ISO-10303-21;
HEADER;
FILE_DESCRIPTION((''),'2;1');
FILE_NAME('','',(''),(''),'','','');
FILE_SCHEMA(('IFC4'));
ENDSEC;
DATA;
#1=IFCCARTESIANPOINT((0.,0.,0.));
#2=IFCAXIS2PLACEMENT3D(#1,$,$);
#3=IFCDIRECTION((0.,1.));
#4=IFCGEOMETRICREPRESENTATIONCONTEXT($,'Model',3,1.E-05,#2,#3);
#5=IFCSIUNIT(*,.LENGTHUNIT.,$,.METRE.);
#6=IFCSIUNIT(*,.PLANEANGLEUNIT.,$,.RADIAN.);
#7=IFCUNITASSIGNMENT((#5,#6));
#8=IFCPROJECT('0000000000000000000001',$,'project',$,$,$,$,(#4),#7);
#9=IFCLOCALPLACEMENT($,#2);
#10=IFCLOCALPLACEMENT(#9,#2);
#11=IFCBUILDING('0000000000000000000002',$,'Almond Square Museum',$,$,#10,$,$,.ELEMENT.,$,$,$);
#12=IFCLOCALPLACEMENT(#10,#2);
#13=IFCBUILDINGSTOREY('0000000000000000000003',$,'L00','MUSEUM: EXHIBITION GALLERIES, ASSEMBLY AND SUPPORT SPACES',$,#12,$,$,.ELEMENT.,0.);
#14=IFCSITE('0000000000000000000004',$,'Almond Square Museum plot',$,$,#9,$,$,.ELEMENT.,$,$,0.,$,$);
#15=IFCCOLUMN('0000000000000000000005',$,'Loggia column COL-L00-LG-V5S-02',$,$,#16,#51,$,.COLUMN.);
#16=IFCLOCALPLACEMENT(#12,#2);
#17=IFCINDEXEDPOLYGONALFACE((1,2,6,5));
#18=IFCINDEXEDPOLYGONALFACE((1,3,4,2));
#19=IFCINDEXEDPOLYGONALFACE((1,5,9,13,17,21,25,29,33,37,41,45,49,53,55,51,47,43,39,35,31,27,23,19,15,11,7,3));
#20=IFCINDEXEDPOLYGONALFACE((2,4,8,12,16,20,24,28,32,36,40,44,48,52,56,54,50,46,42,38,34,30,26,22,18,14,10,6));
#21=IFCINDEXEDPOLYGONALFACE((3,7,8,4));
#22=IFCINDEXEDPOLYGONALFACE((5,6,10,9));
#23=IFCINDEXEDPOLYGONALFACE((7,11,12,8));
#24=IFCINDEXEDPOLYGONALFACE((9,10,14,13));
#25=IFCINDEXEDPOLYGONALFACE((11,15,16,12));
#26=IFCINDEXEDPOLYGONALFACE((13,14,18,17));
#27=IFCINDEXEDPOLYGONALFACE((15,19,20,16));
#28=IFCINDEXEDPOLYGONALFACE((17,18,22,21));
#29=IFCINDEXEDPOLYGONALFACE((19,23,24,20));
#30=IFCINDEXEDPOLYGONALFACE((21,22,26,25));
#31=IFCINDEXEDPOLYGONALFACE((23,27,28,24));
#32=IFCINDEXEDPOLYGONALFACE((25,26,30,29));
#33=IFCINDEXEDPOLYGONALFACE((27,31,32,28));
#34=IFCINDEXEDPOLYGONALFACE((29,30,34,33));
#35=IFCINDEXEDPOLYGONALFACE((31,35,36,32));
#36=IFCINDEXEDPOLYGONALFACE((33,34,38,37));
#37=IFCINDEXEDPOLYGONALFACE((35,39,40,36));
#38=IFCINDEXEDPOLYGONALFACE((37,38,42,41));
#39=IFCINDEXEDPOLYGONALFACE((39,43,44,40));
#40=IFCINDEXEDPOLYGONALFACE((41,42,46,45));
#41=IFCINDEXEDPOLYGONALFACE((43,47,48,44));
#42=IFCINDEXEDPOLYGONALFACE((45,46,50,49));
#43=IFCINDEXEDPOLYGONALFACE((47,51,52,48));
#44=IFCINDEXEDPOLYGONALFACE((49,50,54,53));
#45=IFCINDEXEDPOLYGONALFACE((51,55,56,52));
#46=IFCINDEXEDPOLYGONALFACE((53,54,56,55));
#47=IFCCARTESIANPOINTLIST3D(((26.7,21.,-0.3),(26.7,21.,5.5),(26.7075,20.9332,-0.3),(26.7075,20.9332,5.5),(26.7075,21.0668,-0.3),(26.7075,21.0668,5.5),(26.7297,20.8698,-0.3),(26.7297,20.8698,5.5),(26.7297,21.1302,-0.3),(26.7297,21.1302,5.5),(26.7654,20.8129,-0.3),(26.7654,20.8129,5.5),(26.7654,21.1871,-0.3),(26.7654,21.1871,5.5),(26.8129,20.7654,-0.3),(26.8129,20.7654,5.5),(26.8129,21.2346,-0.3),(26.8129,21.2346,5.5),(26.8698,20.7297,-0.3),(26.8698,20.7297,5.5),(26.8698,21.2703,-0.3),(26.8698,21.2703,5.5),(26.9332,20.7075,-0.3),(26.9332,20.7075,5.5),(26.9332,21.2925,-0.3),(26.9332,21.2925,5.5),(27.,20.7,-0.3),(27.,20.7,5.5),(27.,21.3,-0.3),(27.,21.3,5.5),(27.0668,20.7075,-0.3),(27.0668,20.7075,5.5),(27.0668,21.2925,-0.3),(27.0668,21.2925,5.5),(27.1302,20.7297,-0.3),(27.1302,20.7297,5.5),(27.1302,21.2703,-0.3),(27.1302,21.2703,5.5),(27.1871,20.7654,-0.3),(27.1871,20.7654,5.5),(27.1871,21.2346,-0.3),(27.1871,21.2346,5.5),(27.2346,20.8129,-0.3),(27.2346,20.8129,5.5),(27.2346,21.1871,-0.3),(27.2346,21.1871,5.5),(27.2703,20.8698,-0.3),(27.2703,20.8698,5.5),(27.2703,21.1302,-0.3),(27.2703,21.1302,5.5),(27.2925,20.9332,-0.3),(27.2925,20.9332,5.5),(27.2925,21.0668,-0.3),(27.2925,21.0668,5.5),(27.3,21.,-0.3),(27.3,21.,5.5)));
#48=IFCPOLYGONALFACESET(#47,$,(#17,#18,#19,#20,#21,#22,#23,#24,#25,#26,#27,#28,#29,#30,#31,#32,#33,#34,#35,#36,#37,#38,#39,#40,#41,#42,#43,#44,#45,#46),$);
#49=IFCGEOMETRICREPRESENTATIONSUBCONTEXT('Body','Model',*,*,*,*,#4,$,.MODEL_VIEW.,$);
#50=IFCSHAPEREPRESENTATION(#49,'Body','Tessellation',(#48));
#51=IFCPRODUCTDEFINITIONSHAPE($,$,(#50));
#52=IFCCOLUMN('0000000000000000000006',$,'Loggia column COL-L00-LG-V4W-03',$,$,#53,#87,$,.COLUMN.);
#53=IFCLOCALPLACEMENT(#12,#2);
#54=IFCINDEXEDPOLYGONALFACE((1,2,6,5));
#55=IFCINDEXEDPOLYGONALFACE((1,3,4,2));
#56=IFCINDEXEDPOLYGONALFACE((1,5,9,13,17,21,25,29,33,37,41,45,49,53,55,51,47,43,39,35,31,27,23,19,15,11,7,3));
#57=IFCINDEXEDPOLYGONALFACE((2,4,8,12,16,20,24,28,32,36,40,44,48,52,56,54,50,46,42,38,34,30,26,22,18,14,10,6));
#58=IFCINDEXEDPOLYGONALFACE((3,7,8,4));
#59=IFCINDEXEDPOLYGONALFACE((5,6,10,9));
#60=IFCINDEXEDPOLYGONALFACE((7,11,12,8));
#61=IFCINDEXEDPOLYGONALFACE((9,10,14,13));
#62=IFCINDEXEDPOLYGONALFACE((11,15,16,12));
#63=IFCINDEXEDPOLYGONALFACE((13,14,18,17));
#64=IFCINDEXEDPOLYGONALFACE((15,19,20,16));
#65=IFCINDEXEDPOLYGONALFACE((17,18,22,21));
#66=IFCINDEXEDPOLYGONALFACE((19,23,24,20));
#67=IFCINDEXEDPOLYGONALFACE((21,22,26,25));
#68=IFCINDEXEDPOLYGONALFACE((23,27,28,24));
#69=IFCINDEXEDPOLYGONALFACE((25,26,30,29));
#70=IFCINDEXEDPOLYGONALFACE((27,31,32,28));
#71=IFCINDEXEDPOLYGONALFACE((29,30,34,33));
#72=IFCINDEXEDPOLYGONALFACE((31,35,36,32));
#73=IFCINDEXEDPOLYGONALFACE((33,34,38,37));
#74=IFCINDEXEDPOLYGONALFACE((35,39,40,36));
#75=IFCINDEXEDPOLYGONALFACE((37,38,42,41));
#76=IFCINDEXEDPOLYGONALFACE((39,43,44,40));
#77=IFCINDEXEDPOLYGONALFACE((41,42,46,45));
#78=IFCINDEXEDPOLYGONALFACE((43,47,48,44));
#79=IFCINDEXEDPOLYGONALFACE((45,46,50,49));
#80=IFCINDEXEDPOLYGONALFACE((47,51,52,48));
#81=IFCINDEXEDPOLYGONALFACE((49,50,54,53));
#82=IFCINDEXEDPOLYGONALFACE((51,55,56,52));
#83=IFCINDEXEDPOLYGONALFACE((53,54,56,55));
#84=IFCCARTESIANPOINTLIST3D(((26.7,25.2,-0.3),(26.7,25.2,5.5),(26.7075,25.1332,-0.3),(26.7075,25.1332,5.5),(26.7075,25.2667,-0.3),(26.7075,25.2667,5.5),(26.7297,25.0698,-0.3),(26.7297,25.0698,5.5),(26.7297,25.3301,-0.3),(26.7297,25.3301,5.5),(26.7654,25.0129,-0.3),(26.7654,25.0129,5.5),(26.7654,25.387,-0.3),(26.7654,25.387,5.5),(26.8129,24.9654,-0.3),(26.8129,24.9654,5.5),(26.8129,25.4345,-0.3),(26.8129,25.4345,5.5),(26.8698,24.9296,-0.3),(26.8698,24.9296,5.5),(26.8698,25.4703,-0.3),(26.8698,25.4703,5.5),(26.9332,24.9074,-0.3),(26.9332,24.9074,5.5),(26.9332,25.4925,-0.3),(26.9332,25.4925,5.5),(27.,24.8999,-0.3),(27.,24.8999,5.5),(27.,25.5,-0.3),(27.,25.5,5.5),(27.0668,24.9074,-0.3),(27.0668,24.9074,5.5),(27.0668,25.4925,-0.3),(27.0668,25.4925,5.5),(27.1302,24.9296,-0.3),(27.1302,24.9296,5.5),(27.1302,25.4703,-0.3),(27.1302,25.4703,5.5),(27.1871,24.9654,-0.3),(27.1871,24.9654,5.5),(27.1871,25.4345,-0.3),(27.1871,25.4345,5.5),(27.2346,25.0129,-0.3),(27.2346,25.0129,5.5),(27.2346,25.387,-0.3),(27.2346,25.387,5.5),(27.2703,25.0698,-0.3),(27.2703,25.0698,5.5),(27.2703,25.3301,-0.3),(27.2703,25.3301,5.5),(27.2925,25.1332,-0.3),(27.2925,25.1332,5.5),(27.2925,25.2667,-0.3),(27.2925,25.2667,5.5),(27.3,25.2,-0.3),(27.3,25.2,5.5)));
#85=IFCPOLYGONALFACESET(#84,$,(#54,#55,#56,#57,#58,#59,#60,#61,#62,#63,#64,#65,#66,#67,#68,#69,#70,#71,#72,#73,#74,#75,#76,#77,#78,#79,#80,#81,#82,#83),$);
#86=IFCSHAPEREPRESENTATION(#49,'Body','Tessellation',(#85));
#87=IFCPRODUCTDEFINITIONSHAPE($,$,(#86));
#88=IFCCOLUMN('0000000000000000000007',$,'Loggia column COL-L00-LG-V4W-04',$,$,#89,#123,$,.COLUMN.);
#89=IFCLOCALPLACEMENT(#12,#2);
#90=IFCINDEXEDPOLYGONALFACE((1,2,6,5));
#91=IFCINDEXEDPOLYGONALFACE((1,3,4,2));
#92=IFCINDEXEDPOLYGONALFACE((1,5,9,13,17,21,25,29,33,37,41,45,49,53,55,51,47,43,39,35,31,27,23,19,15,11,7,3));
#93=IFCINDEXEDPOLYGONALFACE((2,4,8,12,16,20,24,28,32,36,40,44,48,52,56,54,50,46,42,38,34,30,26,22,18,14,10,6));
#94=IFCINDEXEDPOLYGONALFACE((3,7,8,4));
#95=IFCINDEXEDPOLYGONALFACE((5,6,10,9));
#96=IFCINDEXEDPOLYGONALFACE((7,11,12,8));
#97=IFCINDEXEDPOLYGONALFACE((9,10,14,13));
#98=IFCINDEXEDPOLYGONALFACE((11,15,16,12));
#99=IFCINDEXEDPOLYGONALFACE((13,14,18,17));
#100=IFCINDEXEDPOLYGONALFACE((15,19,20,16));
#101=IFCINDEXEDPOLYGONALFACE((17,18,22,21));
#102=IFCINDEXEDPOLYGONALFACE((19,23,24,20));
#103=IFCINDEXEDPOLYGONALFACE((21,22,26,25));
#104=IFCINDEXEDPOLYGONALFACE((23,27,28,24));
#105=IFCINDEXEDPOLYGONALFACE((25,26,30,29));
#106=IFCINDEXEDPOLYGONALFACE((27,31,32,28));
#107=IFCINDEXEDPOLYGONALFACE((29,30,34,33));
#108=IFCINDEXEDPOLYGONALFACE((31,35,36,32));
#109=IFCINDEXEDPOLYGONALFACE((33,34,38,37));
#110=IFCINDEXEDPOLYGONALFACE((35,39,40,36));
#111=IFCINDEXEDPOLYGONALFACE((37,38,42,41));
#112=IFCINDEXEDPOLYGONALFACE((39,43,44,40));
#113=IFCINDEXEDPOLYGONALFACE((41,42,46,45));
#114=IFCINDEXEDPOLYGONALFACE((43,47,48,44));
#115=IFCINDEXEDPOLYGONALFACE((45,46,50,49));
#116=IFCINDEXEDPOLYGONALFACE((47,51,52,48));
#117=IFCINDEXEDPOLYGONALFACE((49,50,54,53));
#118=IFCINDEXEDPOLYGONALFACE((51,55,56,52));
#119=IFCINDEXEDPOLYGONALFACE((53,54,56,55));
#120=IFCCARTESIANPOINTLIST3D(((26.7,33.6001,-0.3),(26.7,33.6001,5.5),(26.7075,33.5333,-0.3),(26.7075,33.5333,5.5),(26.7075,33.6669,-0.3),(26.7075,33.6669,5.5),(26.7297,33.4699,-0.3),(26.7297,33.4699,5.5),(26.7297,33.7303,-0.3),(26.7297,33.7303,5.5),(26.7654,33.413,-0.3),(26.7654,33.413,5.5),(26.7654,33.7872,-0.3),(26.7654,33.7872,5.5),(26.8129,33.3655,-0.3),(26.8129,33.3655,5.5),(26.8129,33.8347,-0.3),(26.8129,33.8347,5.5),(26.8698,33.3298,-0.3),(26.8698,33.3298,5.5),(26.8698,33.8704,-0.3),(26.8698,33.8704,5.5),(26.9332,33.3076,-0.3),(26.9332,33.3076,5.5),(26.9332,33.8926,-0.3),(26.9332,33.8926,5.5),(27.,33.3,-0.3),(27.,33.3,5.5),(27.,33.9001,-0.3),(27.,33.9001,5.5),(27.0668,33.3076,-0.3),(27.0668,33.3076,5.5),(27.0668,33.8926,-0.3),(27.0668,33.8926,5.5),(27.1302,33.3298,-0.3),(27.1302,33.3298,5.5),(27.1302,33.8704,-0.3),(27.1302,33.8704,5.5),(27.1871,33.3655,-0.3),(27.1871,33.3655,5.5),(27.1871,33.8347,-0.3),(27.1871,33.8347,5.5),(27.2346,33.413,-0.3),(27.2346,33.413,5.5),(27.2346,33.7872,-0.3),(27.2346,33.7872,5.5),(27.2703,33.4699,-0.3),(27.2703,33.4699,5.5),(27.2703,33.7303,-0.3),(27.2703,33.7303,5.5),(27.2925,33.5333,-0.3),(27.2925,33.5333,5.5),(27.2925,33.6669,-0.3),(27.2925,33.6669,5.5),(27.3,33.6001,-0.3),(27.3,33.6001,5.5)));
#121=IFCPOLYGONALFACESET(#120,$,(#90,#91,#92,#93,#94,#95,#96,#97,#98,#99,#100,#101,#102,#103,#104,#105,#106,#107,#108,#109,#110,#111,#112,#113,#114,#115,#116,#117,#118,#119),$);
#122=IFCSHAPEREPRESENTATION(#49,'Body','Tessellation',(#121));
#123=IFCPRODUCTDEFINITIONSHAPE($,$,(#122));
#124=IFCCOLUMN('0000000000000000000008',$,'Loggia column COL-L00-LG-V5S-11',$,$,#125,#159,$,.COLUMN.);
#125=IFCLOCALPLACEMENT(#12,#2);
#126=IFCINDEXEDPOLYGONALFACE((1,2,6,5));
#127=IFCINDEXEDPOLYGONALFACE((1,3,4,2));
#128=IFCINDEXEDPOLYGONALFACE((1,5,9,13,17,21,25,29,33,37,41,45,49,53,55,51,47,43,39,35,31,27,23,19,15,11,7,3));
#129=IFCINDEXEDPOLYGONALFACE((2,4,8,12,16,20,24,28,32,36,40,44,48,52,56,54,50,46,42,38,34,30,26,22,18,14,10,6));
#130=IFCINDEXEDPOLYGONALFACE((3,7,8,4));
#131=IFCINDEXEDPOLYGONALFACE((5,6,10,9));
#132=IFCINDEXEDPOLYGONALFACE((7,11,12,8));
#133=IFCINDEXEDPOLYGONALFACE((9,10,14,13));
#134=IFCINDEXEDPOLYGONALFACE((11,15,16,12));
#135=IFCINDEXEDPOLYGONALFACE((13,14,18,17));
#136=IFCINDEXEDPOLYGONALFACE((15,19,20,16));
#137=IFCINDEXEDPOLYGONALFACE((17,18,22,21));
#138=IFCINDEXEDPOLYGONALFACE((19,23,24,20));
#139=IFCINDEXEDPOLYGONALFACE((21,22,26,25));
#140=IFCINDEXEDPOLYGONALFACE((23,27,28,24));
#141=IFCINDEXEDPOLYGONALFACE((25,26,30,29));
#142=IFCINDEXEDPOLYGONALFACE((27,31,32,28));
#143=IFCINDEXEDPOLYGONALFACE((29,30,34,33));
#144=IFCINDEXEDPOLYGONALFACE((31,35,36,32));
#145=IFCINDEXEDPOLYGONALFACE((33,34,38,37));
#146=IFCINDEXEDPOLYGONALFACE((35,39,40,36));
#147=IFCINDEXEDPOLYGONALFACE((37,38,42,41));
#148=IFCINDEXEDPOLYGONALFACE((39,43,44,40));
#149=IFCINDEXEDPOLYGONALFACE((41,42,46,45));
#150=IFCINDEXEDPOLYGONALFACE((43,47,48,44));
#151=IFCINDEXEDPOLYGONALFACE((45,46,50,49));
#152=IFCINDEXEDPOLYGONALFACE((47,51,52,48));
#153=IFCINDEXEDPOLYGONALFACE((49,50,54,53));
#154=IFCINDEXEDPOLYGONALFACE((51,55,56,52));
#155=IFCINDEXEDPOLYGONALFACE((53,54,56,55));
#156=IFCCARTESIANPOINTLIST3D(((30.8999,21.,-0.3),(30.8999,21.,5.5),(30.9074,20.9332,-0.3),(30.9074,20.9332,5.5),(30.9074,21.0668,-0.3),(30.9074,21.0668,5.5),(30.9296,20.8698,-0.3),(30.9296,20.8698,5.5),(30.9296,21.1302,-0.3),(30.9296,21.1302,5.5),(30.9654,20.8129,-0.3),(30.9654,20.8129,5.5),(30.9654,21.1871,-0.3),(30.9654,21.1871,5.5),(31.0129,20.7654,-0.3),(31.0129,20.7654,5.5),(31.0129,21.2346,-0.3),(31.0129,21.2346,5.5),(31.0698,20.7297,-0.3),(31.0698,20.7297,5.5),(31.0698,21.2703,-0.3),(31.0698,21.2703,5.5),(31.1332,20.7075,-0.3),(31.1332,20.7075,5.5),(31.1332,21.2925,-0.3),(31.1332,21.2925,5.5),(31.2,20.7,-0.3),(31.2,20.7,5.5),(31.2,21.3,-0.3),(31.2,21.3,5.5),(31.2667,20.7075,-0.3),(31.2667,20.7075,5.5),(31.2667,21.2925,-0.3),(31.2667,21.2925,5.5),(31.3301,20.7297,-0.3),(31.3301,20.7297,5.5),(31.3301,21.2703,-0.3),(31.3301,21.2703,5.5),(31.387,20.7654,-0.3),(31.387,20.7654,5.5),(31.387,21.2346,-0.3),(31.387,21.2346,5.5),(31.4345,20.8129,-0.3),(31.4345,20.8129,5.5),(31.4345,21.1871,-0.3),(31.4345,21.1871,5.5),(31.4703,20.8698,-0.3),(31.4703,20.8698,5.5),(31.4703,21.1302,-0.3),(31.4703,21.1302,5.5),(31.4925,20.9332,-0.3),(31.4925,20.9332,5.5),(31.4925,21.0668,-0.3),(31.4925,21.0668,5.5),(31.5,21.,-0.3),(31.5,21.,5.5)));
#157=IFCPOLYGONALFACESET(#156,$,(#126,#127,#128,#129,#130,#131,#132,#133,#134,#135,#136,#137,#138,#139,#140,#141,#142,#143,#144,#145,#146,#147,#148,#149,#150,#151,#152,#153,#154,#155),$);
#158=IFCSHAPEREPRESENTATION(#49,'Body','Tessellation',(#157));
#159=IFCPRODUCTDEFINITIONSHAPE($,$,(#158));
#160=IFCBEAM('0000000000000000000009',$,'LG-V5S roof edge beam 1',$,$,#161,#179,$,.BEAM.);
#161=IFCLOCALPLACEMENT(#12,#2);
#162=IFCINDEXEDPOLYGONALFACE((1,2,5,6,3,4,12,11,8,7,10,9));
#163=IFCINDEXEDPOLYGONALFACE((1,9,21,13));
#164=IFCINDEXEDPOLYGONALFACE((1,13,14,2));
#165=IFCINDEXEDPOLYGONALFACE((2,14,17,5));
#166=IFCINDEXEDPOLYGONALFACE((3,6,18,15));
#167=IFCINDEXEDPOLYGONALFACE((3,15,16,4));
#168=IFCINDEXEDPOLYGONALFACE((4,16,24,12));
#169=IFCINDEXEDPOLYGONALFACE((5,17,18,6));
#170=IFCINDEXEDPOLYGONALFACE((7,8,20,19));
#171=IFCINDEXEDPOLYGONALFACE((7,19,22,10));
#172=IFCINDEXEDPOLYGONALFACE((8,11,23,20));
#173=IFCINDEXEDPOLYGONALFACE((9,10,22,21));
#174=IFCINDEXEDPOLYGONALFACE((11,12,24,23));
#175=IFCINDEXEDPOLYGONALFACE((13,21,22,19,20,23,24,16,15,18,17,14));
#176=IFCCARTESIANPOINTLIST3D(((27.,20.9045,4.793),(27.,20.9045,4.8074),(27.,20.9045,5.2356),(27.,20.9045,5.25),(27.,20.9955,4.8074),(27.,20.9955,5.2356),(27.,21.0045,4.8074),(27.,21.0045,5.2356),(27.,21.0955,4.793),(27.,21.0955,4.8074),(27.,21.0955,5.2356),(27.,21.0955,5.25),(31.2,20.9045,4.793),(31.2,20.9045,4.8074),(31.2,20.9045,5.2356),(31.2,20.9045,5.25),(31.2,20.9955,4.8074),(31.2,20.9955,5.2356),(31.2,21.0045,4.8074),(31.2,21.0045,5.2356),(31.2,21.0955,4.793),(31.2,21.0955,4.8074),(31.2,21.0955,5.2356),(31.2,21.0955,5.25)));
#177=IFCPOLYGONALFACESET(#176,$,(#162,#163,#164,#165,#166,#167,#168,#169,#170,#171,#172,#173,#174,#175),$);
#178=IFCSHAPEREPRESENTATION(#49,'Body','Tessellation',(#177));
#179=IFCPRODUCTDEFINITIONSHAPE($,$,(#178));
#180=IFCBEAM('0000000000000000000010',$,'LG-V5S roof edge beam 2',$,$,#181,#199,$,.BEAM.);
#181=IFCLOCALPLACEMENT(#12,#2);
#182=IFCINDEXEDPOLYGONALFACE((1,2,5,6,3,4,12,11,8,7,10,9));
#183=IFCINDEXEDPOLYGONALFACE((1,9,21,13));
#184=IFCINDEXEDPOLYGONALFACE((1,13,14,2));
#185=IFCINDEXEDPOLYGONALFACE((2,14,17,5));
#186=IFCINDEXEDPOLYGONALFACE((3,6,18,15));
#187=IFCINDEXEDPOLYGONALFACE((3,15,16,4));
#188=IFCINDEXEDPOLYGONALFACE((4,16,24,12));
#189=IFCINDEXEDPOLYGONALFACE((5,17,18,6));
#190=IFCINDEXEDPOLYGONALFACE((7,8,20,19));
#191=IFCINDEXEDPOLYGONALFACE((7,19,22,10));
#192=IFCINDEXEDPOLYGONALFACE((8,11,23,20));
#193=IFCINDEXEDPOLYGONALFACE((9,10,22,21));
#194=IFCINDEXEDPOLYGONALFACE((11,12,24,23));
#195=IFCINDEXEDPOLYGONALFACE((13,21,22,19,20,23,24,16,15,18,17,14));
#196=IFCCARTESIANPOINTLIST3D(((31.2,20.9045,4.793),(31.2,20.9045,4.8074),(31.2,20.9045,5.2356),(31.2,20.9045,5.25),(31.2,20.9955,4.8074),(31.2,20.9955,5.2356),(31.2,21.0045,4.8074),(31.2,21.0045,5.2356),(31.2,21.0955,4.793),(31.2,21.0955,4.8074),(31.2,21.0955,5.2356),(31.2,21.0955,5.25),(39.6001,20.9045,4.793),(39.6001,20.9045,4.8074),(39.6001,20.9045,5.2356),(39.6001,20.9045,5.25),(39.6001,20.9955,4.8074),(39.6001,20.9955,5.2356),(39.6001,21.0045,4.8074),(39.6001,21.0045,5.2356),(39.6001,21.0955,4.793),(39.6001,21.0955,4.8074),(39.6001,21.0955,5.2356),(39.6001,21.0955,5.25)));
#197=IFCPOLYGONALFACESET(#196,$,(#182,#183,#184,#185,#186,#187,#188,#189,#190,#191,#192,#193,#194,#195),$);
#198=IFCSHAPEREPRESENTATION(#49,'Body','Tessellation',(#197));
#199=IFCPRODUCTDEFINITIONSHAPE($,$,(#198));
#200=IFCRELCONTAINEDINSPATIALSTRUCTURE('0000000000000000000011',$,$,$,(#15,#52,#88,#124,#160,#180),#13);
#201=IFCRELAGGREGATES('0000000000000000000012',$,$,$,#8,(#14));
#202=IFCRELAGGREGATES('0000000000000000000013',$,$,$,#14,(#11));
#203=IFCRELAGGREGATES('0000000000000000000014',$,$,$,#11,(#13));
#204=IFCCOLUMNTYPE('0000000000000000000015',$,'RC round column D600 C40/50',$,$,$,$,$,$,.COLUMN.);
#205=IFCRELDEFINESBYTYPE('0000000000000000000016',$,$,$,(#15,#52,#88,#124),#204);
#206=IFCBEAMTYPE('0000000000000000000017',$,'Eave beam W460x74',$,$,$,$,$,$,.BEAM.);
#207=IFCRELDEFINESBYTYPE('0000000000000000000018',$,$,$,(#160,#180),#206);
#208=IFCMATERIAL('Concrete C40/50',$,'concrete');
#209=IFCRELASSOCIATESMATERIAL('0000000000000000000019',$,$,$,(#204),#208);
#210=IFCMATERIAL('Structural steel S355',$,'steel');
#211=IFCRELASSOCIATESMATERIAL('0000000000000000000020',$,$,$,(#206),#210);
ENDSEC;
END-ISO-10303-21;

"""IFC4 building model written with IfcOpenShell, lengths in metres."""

from ifc_helpers import new_model, si_unit, direction, frame, origin, origin_2d, place, context, subcontext, project, spatial, circle, i_section, extrude, material, material_profile, profile_set, type_object, element, save


model = new_model("IFC4")

# Units and contexts
model_context = context("Model", 3, precision=1e-05, world=origin(), true_north=direction((0.0, 1.0)))
body_context = subcontext(model_context, "Body", "Model", "MODEL_VIEW")
ifc_project = project(units=[si_unit("LENGTHUNIT", "METRE"), si_unit("PLANEANGLEUNIT", "RADIAN")], contexts=[model_context])

# Site, building, storey
site_placement = place(None, origin())
site = spatial("IfcSite", under=ifc_project, at=site_placement, Name="Almond Square Museum plot", CompositionType="ELEMENT", RefElevation=0.0)
building_placement = place(site_placement, origin())
building = spatial("IfcBuilding", under=site, at=building_placement, Name="Almond Square Museum", CompositionType="ELEMENT")
storey_placement = place(building_placement, origin())
storey = spatial("IfcBuildingStorey", under=building, at=storey_placement, Name="L00", Description="MUSEUM: EXHIBITION GALLERIES, ASSEMBLY AND SUPPORT SPACES", CompositionType="ELEMENT", Elevation=0.0)

# Columns
ifc_material_1 = material(Name="Concrete C40/50", Category="concrete")
ifc_material_profile_1 = material_profile(ifc_material_1, circle(Radius=0.3, at=origin_2d()))
ifc_profile_set_1 = profile_set([ifc_material_profile_1], Name="Concrete C40/50")
column_type = type_object("IfcColumnType", Name="RC round column D600 C40/50", PredefinedType="COLUMN", material=ifc_profile_set_1)
for number, where, z_axis, x_axis, name in (
    (1, (27.0, 21.0, -0.3), (0.0, 0.0, 1.0), (1.0, 0.0, 0.0), "Loggia column COL-L00-LG-V5S-02"),
    (2, (27.0, 25.2, -0.3), (0.0, 0.0, 1.0), (1.0, 0.0, 0.0), "Loggia column COL-L00-LG-V4W-03"),
    (3, (27.0, 33.6001, -0.3), (0.0, 0.0, 1.0), (1.0, 0.0, 0.0), "Loggia column COL-L00-LG-V4W-04"),
    (4, (31.2, 21.0, -0.3), (0.0, 0.0, 1.0), (1.0, 0.0, 0.0), "Loggia column COL-L00-LG-V5S-11"),
):
    element("IfcColumn", number, at=place(storey_placement, frame(where, z_axis=z_axis, x_axis=x_axis)), inside=storey, type_object=column_type, Name=name, PredefinedType="COLUMN", context=body_context, shape_type="SweptSolid", body=[
        extrude(circle(Radius=0.3, at=origin_2d()), origin(), (0.0, 0.0, 1.0), 5.8),
    ])

# Beams
ifc_material_2 = material(Name="Structural steel S355", Category="steel")
ifc_material_profile_2 = material_profile(ifc_material_2, i_section(OverallWidth=0.1909, OverallDepth=0.457, WebThickness=0.009, FlangeThickness=0.0144, at=origin_2d()))
ifc_profile_set_2 = profile_set([ifc_material_profile_2], Name="Structural steel S355")
beam_type_1 = type_object("IfcBeamType", Name="Eave beam W460x74", PredefinedType="BEAM", material=ifc_profile_set_2)
beam_1_placement = place(storey_placement, frame((27.0, 21.0, 5.0215), z_axis=(1.0, 0.0, 0.0), x_axis=(0.0, 1.0, 0.0)))
element("IfcBeam", 5, at=beam_1_placement, inside=storey, type_object=beam_type_1, Name="LG-V5S roof edge beam 1", PredefinedType="BEAM", context=body_context, shape_type="SweptSolid", body=[
    extrude(i_section(OverallWidth=0.1909, OverallDepth=0.457, WebThickness=0.009, FlangeThickness=0.0144, at=origin_2d()), origin(), (0.0, 0.0, 1.0), 4.2),
])
for number, where, z_axis, x_axis, name in (
    (6, (31.2, 21.0, 5.0215), (1.0, 0.0, 0.0), (0.0, 1.0, 0.0), "LG-V5S roof edge beam 2"),
):
    element("IfcBeam", number, at=place(storey_placement, frame(where, z_axis=z_axis, x_axis=x_axis)), inside=storey, type_object=beam_type_1, Name=name, PredefinedType="BEAM", context=body_context, shape_type="SweptSolid", body=[
        extrude(i_section(OverallWidth=0.1909, OverallDepth=0.457, WebThickness=0.009, FlangeThickness=0.0144, at=origin_2d()), origin(), (0.0, 0.0, 1.0), 8.4001),
    ])

save(model, "model.ifc")
